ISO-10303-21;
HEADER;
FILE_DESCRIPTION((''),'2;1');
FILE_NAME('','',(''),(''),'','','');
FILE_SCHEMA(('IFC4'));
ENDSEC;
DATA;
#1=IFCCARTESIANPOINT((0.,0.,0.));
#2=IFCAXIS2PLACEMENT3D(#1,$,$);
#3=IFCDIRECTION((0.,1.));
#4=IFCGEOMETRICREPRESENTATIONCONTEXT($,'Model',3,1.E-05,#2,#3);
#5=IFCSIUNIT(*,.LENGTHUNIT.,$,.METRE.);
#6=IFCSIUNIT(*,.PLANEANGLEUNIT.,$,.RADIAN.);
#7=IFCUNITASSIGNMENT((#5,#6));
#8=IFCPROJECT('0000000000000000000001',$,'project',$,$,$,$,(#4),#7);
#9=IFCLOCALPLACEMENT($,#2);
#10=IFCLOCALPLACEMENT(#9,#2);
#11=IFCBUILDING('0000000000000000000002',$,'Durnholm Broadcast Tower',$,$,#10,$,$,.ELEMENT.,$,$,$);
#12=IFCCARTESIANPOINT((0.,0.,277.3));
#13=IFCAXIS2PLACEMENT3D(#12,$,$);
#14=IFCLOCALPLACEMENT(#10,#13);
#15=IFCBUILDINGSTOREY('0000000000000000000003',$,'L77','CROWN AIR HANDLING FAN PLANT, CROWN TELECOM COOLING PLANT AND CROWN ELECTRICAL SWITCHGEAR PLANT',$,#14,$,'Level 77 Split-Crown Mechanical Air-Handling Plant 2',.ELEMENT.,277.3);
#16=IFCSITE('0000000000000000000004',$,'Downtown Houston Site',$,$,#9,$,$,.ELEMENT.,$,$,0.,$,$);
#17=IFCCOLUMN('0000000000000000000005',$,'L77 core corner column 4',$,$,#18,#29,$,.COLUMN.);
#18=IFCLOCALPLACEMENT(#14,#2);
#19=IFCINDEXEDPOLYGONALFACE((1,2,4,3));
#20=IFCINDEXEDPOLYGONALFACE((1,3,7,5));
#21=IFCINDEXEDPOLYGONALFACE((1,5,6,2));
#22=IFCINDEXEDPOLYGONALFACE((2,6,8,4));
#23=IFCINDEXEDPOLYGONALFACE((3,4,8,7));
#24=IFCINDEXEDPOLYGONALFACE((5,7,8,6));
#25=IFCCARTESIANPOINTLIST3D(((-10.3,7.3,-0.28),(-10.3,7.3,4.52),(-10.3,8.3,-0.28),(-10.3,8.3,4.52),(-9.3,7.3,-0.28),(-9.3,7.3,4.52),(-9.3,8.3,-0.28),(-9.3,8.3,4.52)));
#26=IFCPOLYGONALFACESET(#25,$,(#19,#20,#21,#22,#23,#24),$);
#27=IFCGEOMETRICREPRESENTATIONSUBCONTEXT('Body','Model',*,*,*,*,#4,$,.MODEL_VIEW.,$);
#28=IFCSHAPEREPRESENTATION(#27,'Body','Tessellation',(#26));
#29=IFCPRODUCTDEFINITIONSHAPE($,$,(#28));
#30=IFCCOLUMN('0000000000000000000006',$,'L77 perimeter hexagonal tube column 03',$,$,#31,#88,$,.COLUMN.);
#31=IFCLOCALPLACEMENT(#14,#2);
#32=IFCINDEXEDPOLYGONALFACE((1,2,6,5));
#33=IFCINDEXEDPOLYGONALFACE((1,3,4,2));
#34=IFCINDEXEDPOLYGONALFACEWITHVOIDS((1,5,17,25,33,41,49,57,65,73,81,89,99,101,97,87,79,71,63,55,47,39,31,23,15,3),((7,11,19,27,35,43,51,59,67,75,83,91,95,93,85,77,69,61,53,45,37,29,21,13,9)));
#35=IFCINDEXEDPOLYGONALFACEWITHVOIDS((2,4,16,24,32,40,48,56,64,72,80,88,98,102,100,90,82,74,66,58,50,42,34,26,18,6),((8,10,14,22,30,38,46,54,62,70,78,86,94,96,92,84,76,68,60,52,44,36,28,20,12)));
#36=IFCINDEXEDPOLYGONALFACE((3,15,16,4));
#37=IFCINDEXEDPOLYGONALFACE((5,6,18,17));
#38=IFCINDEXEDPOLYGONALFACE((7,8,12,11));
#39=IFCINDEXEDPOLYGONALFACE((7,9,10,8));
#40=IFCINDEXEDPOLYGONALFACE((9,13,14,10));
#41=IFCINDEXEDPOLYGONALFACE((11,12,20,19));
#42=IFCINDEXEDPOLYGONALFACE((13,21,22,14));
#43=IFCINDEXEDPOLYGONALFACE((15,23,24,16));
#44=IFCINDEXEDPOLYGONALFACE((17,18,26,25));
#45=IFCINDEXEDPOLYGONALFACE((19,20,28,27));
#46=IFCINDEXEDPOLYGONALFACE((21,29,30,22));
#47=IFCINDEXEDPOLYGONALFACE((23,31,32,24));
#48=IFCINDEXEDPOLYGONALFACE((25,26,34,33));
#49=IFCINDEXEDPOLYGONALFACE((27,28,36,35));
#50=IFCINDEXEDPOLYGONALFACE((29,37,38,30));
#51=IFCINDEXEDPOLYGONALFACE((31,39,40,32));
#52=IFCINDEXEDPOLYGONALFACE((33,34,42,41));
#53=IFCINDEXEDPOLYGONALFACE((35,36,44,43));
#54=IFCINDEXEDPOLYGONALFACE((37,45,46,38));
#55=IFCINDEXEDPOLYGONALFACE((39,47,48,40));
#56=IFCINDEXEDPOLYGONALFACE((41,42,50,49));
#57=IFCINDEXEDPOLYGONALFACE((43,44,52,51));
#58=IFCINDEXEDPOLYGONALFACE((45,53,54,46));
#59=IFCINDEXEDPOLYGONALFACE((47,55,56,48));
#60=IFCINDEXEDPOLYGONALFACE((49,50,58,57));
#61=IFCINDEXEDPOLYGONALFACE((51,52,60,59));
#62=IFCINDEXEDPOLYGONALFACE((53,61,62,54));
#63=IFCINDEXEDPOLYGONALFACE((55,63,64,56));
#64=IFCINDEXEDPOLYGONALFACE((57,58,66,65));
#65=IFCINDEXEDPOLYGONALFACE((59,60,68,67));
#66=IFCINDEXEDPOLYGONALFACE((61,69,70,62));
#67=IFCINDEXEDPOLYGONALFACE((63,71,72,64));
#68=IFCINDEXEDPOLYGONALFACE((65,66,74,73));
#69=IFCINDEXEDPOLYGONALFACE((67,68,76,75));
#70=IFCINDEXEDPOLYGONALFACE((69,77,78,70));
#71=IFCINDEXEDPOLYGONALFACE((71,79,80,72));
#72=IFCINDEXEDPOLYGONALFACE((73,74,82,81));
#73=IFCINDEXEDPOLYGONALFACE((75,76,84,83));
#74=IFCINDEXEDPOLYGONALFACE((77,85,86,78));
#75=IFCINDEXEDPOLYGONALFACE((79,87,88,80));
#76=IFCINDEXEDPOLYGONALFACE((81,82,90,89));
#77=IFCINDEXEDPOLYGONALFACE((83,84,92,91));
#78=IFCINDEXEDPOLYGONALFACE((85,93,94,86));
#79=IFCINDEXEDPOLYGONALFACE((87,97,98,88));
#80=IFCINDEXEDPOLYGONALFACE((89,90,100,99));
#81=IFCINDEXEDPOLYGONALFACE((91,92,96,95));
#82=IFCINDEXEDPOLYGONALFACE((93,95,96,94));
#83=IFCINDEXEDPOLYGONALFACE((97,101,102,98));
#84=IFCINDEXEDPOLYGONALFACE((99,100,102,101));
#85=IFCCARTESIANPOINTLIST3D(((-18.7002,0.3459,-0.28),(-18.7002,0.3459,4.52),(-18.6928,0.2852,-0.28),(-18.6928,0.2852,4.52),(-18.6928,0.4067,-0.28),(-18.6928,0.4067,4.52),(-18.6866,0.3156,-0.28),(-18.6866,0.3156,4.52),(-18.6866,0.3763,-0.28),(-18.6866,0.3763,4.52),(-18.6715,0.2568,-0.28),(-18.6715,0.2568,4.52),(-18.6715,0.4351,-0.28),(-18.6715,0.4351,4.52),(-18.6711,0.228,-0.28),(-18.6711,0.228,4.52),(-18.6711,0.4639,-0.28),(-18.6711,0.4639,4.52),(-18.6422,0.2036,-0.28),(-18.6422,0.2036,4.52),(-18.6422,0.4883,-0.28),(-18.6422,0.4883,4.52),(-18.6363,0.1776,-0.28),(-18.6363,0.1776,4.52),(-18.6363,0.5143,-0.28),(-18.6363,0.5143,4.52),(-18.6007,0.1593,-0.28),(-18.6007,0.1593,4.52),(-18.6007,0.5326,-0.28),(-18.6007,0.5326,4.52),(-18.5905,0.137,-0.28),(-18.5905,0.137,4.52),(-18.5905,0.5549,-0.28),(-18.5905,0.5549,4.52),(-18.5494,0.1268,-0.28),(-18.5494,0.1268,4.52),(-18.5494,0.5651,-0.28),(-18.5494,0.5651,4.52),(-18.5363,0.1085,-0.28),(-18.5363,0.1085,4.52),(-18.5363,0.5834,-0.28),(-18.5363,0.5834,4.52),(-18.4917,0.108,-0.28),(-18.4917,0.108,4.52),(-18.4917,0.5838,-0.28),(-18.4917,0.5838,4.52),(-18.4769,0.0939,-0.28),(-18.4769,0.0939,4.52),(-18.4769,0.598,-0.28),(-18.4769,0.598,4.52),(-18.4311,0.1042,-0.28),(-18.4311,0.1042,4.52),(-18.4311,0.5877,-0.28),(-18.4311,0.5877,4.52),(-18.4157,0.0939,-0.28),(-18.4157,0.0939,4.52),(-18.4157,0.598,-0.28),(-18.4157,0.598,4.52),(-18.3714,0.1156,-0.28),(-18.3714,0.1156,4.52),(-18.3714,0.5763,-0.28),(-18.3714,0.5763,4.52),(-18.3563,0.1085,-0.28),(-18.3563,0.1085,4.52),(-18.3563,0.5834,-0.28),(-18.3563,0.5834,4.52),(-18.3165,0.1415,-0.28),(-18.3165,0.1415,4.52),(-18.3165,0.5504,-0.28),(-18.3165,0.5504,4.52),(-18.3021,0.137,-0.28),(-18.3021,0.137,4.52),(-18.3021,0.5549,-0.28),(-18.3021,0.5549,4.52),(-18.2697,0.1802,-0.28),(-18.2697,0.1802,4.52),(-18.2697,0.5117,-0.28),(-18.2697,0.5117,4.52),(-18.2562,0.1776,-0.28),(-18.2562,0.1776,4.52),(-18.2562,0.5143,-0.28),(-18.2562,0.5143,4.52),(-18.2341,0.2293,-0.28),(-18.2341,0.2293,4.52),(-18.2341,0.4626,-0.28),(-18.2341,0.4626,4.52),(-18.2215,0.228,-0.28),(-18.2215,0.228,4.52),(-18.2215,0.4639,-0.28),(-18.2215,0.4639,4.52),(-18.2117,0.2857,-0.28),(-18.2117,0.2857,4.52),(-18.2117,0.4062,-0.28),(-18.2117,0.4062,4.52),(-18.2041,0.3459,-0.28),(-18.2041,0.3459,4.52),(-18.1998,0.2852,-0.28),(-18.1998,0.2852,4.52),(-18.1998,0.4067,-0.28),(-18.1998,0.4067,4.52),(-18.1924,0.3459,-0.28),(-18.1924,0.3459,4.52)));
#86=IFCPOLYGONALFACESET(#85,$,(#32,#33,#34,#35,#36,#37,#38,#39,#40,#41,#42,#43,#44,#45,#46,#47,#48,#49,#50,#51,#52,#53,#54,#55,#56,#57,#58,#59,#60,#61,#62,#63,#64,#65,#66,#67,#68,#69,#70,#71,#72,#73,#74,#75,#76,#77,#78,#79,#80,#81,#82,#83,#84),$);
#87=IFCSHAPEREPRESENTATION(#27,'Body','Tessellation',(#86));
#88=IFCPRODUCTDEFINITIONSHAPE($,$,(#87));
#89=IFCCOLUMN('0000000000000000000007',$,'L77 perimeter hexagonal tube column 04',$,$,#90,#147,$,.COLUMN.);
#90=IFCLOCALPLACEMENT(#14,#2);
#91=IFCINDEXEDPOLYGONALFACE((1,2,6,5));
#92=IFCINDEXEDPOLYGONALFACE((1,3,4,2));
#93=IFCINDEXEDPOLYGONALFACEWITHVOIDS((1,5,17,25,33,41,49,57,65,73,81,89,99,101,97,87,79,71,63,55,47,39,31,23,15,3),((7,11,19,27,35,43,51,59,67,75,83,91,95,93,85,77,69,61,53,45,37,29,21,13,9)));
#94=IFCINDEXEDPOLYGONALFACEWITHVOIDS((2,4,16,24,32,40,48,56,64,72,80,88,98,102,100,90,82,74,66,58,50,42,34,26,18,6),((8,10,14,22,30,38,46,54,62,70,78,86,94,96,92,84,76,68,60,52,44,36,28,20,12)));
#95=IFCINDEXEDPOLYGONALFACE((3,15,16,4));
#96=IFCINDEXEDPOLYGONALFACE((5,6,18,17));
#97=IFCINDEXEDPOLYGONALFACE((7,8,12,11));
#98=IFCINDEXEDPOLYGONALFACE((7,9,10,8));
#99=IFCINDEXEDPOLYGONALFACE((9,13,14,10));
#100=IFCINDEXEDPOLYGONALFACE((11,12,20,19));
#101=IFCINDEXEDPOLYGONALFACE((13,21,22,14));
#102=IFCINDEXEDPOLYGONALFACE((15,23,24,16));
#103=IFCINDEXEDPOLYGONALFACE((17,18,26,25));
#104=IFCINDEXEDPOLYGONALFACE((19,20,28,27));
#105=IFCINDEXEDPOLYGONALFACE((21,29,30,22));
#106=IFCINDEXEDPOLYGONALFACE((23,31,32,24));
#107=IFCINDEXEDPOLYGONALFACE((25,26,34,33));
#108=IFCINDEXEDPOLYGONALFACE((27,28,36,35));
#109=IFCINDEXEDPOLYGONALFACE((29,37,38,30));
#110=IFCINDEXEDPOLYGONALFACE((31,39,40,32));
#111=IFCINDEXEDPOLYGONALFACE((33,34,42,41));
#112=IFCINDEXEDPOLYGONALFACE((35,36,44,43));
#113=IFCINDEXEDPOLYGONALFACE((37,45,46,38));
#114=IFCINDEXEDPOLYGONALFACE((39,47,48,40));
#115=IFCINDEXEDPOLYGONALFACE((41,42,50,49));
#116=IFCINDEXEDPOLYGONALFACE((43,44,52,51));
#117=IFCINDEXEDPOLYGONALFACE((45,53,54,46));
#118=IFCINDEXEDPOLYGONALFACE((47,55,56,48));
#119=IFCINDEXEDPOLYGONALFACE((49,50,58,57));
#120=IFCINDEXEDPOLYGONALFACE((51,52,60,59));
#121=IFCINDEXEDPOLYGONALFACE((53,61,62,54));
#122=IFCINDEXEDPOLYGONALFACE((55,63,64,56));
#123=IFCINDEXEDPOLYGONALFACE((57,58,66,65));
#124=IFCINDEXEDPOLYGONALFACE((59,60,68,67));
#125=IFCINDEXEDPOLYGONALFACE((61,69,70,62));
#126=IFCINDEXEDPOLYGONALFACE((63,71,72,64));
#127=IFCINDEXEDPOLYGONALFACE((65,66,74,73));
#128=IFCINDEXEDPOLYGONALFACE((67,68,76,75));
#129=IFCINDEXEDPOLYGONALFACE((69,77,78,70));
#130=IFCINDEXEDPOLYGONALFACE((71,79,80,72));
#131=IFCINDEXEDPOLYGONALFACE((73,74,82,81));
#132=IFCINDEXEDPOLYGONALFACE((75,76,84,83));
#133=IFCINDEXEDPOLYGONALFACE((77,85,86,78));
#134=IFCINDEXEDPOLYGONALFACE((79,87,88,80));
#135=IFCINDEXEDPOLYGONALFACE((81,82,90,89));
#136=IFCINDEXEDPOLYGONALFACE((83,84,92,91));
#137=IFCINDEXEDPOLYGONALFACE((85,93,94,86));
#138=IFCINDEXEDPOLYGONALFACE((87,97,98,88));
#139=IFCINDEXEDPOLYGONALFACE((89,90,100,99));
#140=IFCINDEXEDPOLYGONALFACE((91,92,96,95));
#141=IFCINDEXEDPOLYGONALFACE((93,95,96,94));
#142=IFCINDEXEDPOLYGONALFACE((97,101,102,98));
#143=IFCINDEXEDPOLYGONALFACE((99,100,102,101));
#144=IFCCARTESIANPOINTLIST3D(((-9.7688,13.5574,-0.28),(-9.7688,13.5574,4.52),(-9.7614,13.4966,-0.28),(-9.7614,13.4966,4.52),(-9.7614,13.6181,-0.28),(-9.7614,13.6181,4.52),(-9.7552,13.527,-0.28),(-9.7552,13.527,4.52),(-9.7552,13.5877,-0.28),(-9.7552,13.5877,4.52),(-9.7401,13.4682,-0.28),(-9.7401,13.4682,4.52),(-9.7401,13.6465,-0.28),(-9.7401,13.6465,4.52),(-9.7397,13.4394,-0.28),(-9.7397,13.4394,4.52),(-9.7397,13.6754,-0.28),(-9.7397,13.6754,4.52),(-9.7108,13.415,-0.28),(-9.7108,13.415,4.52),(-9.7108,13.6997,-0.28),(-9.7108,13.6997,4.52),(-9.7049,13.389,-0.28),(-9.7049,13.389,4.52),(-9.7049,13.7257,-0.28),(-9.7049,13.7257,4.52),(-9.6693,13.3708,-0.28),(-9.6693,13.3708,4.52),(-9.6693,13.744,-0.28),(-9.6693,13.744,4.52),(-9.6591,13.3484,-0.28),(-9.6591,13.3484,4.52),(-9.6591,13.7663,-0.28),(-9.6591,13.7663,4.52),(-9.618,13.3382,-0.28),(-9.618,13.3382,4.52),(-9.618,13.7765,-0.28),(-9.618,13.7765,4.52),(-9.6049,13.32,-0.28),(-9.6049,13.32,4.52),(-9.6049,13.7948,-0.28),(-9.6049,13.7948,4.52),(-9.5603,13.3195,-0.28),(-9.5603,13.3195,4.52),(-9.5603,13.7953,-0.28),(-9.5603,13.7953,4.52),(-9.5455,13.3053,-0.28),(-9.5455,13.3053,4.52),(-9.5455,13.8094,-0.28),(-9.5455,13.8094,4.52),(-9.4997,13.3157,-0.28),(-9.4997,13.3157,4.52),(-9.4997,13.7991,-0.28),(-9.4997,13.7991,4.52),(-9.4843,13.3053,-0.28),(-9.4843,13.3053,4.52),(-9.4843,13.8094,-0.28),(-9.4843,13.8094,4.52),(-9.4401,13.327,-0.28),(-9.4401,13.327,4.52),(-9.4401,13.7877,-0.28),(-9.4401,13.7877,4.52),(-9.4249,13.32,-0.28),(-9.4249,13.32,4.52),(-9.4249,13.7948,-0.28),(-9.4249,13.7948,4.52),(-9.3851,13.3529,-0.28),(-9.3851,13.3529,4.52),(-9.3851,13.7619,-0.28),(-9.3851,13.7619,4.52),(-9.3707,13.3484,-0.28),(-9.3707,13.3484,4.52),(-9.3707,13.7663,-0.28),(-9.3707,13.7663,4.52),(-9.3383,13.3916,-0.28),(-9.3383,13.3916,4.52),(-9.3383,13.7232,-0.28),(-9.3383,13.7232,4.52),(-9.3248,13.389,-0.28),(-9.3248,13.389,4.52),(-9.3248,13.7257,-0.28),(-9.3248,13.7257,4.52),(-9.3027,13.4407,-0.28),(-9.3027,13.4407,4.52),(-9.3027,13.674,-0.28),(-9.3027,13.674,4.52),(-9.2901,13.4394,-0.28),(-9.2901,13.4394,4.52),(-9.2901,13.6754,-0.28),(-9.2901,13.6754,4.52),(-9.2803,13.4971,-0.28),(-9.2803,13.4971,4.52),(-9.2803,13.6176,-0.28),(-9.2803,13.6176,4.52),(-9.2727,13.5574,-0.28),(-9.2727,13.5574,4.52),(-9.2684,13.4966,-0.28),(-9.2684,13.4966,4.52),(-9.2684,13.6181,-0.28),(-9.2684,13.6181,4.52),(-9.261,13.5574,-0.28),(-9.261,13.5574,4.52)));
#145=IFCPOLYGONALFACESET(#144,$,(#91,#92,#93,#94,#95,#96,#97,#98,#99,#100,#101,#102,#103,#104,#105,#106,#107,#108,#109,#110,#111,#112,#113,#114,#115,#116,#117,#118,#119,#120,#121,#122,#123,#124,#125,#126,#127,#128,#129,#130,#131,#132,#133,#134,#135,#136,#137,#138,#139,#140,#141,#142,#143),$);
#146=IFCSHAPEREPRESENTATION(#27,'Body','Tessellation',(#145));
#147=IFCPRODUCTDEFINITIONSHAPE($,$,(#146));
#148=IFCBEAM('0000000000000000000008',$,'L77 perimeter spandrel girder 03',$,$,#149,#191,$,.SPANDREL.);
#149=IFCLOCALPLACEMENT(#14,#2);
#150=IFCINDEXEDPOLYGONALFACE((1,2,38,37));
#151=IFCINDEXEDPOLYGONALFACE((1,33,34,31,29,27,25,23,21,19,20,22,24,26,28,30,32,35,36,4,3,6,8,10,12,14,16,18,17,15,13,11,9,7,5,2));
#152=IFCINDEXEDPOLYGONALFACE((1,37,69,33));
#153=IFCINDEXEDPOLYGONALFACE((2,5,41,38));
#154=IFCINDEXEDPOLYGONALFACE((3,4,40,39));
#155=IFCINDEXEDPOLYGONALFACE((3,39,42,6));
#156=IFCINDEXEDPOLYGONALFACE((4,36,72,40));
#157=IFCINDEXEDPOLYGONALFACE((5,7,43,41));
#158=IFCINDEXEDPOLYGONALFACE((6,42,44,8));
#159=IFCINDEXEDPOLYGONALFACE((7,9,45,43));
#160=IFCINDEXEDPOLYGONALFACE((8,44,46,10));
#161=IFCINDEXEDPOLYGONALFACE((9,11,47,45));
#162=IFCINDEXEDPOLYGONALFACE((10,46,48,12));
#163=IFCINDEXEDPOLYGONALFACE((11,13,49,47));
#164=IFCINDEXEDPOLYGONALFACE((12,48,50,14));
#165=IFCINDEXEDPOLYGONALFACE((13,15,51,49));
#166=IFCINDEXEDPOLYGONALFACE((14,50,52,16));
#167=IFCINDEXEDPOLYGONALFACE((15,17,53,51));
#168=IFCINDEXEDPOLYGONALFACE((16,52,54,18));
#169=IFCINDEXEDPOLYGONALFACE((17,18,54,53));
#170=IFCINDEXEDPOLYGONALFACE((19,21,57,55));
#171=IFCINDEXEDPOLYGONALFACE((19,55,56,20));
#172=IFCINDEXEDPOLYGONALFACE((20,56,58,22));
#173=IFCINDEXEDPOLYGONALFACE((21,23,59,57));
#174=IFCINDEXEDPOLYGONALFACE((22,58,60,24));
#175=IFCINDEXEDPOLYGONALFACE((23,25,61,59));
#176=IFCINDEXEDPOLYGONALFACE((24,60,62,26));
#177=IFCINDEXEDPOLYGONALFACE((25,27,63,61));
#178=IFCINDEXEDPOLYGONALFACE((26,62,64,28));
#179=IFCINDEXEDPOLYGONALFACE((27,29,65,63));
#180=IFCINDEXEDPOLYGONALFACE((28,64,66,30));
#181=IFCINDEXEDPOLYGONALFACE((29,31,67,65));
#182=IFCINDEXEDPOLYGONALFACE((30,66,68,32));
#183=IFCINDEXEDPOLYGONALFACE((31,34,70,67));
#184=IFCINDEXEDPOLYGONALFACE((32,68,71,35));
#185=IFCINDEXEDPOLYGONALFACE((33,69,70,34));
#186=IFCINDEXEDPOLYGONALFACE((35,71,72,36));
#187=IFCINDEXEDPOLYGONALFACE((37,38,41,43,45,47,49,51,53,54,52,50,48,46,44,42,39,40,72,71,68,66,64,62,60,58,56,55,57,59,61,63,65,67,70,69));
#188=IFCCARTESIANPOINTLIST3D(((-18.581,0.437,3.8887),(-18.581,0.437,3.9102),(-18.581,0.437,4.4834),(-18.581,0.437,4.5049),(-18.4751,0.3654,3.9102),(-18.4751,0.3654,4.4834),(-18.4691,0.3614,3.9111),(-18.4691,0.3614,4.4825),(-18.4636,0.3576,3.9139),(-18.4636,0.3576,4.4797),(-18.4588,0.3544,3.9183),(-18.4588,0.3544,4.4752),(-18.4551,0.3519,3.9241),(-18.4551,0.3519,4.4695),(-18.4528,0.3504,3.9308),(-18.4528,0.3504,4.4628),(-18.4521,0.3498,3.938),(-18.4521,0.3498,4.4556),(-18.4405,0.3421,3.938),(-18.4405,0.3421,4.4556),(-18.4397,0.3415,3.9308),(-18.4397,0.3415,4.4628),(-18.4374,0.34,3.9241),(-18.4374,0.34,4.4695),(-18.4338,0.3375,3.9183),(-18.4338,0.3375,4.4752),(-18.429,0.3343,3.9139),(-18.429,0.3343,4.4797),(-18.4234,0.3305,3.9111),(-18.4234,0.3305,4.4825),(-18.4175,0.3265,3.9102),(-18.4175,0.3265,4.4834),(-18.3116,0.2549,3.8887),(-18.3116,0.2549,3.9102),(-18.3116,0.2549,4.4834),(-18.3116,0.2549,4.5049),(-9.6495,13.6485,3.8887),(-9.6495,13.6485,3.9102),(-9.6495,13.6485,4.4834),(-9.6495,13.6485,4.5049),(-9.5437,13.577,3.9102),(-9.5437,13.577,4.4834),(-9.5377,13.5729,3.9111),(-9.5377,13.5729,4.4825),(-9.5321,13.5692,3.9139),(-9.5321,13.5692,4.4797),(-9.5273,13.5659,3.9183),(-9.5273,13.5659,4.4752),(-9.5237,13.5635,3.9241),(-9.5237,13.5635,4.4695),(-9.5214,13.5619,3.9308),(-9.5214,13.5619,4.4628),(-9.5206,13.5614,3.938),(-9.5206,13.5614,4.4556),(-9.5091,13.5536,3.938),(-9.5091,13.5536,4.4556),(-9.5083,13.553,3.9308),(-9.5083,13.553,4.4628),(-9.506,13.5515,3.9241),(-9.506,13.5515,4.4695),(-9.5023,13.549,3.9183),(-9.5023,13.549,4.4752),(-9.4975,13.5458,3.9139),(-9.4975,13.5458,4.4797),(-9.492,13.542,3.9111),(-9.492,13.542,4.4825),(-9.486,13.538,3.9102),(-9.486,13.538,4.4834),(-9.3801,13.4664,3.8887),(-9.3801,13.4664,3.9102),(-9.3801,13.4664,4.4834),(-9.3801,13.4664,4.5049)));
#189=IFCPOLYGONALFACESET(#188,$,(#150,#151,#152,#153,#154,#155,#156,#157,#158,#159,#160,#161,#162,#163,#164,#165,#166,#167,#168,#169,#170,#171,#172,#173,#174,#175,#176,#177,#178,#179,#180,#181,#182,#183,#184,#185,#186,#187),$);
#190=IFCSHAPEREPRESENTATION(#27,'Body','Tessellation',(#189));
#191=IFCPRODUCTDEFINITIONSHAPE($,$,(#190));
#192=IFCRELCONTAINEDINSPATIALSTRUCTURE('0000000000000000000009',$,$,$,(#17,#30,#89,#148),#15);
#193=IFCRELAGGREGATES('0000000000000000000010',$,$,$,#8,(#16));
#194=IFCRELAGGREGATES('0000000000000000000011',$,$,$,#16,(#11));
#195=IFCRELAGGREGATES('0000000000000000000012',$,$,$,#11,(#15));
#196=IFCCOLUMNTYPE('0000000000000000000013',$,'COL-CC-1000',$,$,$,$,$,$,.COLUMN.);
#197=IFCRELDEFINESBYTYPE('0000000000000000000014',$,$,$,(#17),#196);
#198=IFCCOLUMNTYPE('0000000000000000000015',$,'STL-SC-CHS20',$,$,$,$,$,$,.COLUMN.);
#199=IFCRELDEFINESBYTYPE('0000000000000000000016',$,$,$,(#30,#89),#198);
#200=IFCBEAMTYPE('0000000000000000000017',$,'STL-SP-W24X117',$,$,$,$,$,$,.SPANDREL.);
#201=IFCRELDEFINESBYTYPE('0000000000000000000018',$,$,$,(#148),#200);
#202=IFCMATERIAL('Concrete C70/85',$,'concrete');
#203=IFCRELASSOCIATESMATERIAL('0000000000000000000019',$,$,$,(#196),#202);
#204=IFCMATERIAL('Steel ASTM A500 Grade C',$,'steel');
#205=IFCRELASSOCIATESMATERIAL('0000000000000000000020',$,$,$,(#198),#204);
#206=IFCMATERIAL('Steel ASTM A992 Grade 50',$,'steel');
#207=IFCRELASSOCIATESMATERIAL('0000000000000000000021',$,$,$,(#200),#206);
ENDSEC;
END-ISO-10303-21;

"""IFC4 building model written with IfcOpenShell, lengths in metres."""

from ifc_helpers import new_model, si_unit, direction, frame, origin, origin_2d, place, context, subcontext, project, spatial, rectangle, hollow_circle, i_section, extrude, source, transform, mapped, material, material_profile, profile_set, type_object, type_shapes, element, save


model = new_model("IFC4")

# Units and contexts
model_context = context("Model", 3, precision=1e-05, world=origin(), true_north=direction((0.0, 1.0)))
body_context = subcontext(model_context, "Body", "Model", "MODEL_VIEW")
ifc_project = project(units=[si_unit("LENGTHUNIT", "METRE"), si_unit("PLANEANGLEUNIT", "RADIAN")], contexts=[model_context])

# Site, building, storey
site_placement = place(None, origin())
site = spatial("IfcSite", under=ifc_project, at=site_placement, Name="Downtown Houston Site", CompositionType="ELEMENT", RefElevation=0.0)
building_placement = place(site_placement, origin())
building = spatial("IfcBuilding", under=site, at=building_placement, Name="Durnholm Broadcast Tower", CompositionType="ELEMENT")
storey_placement = place(building_placement, frame((0.0, 0.0, 277.3)))
storey = spatial("IfcBuildingStorey", under=building, at=storey_placement, Name="L77", Description="CROWN AIR HANDLING FAN PLANT, CROWN TELECOM COOLING PLANT AND CROWN ELECTRICAL SWITCHGEAR PLANT", LongName="Level 77 Split-Crown Mechanical Air-Handling Plant 2", CompositionType="ELEMENT", Elevation=277.3)

# Columns
ifc_material_1 = material(Name="Concrete C70/85", Category="concrete")
ifc_material_profile_1 = material_profile(ifc_material_1, rectangle(XDim=1.0, YDim=1.0, at=origin_2d()), Name="RC1000X1000")
ifc_profile_set_1 = profile_set([ifc_material_profile_1], Name="Concrete C70/85")
column_type_1 = type_object("IfcColumnType", Name="COL-CC-1000", PredefinedType="COLUMN", material=ifc_profile_set_1)
shared_shape_1 = source(origin(), body_context, "Body", "SweptSolid", [
    extrude(rectangle(XDim=1.0, YDim=1.0, at=origin_2d()), origin(), (0.0, 0.0, 1.0), 4.8),
])
type_shapes(column_type_1, [shared_shape_1])
column_placement = place(storey_placement, frame((-9.8, 7.8, -0.28), z_axis=(0.0, 0.0, 1.0), x_axis=(1.0, 0.0, 0.0)))
element("IfcColumn", 1, at=column_placement, inside=storey, type_object=column_type_1, Name="L77 core corner column 4", PredefinedType="COLUMN", context=body_context, shape_type="MappedRepresentation", body=[
    mapped(shared_shape_1, transform((0.0, 0.0, 0.0), x_axis=(1.0, 0.0, 0.0), y_axis=(0.0, 1.0, 0.0), z_axis=(0.0, 0.0, 1.0), scale=1.0)),
])
ifc_material_2 = material(Name="Steel ASTM A500 Grade C", Category="steel")
ifc_material_profile_2 = material_profile(ifc_material_2, hollow_circle(Radius=0.2539, WallThickness=0.0117, at=origin_2d()), Name="HSS20.000X0.500")
ifc_profile_set_2 = profile_set([ifc_material_profile_2], Name="Steel ASTM A500 Grade C")
column_type_2 = type_object("IfcColumnType", Name="STL-SC-CHS20", PredefinedType="COLUMN", material=ifc_profile_set_2)
shared_shape_2 = source(origin(), body_context, "Body", "SweptSolid", [
    extrude(hollow_circle(Radius=0.2539, WallThickness=0.0117, at=origin_2d()), origin(), (0.0, 0.0, 1.0), 4.8),
])
type_shapes(column_type_2, [shared_shape_2])
for number, where, z_axis, x_axis, name in (
    (2, (-18.4463, 0.3459, -0.28), (0.0, 0.0, 1.0), (1.0, 0.0, 0.0), "L77 perimeter hexagonal tube column 03"),
    (3, (-9.5149, 13.5574, -0.28), (0.0, 0.0, 1.0), (1.0, 0.0, 0.0), "L77 perimeter hexagonal tube column 04"),
):
    element("IfcColumn", number, at=place(storey_placement, frame(where, z_axis=z_axis, x_axis=x_axis)), inside=storey, type_object=column_type_2, Name=name, PredefinedType="COLUMN", context=body_context, shape_type="MappedRepresentation", body=[
        mapped(shared_shape_2, transform((0.0, 0.0, 0.0), x_axis=(1.0, 0.0, 0.0), y_axis=(0.0, 1.0, 0.0), z_axis=(0.0, 0.0, 1.0), scale=1.0)),
    ])

# Beam
ifc_material_3 = material(Name="Steel ASTM A992 Grade 50", Category="steel")
ifc_material_profile_3 = material_profile(ifc_material_3, i_section(OverallWidth=0.3252, OverallDepth=0.6162, WebThickness=0.0139, FlangeThickness=0.0215, FilletRadius=0.0278, at=origin_2d()), Name="W24X117")
ifc_profile_set_3 = profile_set([ifc_material_profile_3], Name="Steel ASTM A992 Grade 50")
beam_type_1 = type_object("IfcBeamType", Name="STL-SP-W24X117", PredefinedType="SPANDREL", material=ifc_profile_set_3)
shared_shape_3 = source(origin(), body_context, "Body", "SweptSolid", [
    extrude(i_section(OverallWidth=0.3252, OverallDepth=0.6162, WebThickness=0.0139, FlangeThickness=0.0215, FilletRadius=0.0278, at=origin_2d()), origin(), (0.0, 0.0, 1.0), 15.9473),
])
type_shapes(beam_type_1, [shared_shape_3])
beam_1_placement = place(storey_placement, frame((-18.4463, 0.3459, 4.1968), z_axis=(0.560062, 0.828451, 0.0), x_axis=(-0.828451, 0.560062, 0.0)))
element("IfcBeam", 4, at=beam_1_placement, inside=storey, type_object=beam_type_1, Name="L77 perimeter spandrel girder 03", PredefinedType="SPANDREL", context=body_context, shape_type="MappedRepresentation", body=[
    mapped(shared_shape_3, transform((0.0, 0.0, 0.0), x_axis=(1.0, 0.0, 0.0), y_axis=(0.0, 1.0, 0.0), z_axis=(0.0, 0.0, 1.0), scale=1.0)),
])

save(model, "model.ifc")
